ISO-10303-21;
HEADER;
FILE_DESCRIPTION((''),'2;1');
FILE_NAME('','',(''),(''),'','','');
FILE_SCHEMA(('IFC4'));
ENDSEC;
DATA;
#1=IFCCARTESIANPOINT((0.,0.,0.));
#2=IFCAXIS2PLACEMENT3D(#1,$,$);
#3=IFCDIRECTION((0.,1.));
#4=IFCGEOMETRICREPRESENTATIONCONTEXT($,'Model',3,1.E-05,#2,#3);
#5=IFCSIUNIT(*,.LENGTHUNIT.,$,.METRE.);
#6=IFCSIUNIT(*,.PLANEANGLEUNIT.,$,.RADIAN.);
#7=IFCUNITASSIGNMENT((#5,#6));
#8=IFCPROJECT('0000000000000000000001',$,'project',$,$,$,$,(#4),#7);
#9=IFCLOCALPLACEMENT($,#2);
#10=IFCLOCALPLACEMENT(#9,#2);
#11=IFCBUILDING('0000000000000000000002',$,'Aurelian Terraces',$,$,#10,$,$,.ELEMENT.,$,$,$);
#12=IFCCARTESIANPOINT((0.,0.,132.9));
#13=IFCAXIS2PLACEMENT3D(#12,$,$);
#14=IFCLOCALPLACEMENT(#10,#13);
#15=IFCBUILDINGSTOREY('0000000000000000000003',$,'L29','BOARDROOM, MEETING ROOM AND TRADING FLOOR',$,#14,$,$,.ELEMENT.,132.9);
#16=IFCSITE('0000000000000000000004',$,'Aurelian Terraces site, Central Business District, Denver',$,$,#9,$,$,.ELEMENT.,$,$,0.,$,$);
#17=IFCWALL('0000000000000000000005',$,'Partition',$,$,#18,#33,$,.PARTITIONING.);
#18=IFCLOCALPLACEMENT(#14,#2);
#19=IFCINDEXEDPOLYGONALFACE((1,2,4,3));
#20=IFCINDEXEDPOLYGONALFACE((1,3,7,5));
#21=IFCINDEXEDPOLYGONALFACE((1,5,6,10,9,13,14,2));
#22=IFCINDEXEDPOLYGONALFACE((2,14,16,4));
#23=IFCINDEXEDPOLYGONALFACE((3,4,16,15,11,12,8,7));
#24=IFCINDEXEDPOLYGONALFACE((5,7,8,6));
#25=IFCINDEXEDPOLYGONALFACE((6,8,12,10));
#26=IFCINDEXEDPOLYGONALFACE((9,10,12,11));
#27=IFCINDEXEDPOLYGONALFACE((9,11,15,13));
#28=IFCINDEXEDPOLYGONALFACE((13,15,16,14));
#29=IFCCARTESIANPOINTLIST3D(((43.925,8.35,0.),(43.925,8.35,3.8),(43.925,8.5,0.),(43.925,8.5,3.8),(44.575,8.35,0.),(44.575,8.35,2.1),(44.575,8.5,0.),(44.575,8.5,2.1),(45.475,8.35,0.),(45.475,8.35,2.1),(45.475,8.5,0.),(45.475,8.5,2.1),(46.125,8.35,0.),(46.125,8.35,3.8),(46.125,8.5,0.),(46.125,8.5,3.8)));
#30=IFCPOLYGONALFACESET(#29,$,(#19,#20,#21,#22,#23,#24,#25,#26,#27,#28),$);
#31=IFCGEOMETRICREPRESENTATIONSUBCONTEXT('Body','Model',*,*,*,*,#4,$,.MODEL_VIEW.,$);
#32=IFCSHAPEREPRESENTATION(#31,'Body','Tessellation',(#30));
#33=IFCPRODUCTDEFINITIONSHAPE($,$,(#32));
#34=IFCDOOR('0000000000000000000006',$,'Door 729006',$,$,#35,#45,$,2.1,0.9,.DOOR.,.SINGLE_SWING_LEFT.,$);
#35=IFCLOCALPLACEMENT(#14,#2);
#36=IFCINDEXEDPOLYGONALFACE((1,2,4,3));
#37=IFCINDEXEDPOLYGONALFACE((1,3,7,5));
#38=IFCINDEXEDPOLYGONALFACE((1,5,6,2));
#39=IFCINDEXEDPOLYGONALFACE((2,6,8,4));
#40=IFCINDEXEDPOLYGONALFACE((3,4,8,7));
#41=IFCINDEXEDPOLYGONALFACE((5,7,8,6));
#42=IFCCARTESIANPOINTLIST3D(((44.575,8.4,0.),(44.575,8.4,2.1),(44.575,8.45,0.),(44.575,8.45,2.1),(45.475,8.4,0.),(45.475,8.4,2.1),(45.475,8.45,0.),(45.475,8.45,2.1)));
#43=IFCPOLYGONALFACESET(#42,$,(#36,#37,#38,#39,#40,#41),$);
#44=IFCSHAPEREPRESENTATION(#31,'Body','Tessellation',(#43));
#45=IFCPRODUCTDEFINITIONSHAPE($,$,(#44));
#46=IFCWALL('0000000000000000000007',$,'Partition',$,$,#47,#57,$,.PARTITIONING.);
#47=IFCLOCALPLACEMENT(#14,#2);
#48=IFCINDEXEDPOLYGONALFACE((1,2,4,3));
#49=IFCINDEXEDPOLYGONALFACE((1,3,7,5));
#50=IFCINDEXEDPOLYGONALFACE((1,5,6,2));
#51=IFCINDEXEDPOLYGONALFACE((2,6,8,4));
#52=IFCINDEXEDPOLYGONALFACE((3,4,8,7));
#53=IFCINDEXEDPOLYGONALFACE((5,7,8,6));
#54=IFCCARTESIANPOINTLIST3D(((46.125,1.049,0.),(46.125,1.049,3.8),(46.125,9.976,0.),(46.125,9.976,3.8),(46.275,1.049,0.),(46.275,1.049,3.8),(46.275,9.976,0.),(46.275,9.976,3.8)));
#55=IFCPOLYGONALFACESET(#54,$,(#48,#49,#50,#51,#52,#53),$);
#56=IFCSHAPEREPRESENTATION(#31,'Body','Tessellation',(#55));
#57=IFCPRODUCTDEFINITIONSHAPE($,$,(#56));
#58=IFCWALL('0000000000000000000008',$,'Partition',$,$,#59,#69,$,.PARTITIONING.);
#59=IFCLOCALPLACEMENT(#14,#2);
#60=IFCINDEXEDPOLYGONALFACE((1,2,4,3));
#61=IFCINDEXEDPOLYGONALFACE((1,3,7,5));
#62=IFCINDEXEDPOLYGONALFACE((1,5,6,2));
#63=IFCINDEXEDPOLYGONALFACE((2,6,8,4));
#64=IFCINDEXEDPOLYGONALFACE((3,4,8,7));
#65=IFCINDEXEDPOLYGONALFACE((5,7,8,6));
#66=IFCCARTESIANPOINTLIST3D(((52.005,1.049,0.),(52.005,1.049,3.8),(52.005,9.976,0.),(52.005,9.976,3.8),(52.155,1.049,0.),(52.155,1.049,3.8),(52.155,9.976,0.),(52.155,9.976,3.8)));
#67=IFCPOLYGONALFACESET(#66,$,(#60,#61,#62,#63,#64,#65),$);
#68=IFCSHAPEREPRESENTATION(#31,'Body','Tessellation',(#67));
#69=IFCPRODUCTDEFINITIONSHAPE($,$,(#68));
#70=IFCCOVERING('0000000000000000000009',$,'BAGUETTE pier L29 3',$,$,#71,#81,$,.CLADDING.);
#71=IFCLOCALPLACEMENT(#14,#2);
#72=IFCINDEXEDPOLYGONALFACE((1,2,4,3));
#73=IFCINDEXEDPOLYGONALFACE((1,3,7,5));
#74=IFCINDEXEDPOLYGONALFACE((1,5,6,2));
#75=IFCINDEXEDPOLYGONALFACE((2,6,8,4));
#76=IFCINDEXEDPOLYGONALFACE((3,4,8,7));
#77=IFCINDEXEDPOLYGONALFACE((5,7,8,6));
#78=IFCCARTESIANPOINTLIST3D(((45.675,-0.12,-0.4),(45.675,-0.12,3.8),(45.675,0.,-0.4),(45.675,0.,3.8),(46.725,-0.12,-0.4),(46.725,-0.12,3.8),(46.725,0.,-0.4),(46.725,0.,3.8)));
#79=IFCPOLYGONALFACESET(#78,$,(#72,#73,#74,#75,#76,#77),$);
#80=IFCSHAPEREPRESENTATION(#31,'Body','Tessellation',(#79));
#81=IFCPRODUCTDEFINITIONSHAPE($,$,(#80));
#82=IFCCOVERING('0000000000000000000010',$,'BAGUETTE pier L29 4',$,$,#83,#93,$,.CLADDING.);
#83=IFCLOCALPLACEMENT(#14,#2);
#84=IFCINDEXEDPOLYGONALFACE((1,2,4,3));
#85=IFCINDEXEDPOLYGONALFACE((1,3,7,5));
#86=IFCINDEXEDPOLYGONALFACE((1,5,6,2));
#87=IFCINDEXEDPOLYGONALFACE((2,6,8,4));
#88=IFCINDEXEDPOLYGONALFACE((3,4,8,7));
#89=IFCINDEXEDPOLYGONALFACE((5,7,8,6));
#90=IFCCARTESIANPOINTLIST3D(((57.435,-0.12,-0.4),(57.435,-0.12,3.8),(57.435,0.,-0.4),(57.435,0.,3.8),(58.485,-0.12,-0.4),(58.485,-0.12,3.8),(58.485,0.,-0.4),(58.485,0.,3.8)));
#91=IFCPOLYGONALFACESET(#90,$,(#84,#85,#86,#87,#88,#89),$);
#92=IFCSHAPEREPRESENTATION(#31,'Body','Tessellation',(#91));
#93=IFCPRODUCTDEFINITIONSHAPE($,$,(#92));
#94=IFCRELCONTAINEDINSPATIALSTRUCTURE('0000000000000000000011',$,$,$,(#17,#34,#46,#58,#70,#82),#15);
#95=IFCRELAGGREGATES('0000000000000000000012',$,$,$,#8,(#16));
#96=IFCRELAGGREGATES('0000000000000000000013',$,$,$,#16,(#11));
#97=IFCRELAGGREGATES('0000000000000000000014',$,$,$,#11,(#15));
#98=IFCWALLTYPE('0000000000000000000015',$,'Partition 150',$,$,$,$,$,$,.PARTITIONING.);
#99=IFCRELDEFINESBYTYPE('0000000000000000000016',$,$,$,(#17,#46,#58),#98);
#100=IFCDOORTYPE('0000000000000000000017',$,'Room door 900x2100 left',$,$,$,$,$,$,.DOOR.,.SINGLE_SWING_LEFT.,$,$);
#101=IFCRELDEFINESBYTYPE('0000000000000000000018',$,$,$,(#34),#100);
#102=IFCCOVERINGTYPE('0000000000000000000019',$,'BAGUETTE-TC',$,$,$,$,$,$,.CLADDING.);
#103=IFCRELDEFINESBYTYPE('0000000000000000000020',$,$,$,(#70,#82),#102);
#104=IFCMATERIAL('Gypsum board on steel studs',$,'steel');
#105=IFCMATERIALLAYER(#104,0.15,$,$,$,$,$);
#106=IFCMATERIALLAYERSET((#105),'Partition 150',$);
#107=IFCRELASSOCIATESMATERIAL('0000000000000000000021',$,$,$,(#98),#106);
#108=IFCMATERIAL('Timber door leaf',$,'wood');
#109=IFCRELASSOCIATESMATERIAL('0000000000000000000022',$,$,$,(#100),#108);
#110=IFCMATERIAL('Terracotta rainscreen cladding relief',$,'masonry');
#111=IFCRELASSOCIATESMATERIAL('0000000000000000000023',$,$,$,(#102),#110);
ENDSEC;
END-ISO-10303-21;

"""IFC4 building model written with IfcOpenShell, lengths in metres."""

from ifc_helpers import new_model, si_unit, direction, frame, frame_2d, origin, origin_2d, place, context, subcontext, project, spatial, rectangle, extrude, source, transform, mapped, material, layer, layer_set, type_object, element, fill, save


model = new_model("IFC4")

# Units and contexts
model_context = context("Model", 3, precision=1e-05, world=origin(), true_north=direction((0.0, 1.0)))
body_context = subcontext(model_context, "Body", "Model", "MODEL_VIEW")
ifc_project = project(units=[si_unit("LENGTHUNIT", "METRE"), si_unit("PLANEANGLEUNIT", "RADIAN")], contexts=[model_context])

# Site, building, storey
site_placement = place(None, origin())
site = spatial("IfcSite", under=ifc_project, at=site_placement, Name="Aurelian Terraces site, Central Business District, Denver", CompositionType="ELEMENT", RefElevation=0.0)
building_placement = place(site_placement, origin())
building = spatial("IfcBuilding", under=site, at=building_placement, Name="Aurelian Terraces", CompositionType="ELEMENT")
storey_placement = place(building_placement, frame((0.0, 0.0, 132.9)))
storey = spatial("IfcBuildingStorey", under=building, at=storey_placement, Name="L29", Description="BOARDROOM, MEETING ROOM AND TRADING FLOOR", CompositionType="ELEMENT", Elevation=132.9)

# Shared definitions
ifc_material_1 = material(Name="Timber door leaf", Category="wood")

# Shared definitions
ifc_material_2 = material(Name="Gypsum board on steel studs", Category="steel")

# Wall, opening, door
ifc_layer_1 = layer(ifc_material_2, 0.15)
ifc_layer_set_1 = layer_set([ifc_layer_1], Name="Partition 150")
wall_type_1 = type_object("IfcWallType", Name="Partition 150", PredefinedType="PARTITIONING", material=ifc_layer_set_1)
shared_shape_1 = source(origin(), body_context, "Body", "SweptSolid", [
    extrude(rectangle(XDim=2.2, YDim=0.15, at=frame_2d((1.1, 0.0))), origin(), (0.0, 0.0, 1.0), 3.8),
])
wall_1_placement = place(storey_placement, frame((46.125, 8.425, 0.0), z_axis=(0.0, 0.0, 1.0), x_axis=(-1.0, 0.0, 0.0)))
wall_1 = element("IfcWall", 1, at=wall_1_placement, inside=storey, type_object=wall_type_1, Name="Partition", PredefinedType="PARTITIONING", context=body_context, shape_type="MappedRepresentation", body=[
    mapped(shared_shape_1, transform((0.0, 0.0, 0.0), scale=1.0)),
])
shared_shape_2 = source(origin(), body_context, "Body", "SweptSolid", [
    extrude(rectangle(XDim=0.9, YDim=2.1, at=frame_2d((0.45, 1.05))), frame((0.0, 0.085, 0.0), z_axis=(0.0, -1.0, 0.0), x_axis=(1.0, 0.0, 0.0)), (0.0, 0.0, 1.0), 0.17),
])
opening_1_placement = place(wall_1_placement, frame((0.65, 0.0, 0.0)))
opening_1 = element("IfcOpeningElement", 2, at=opening_1_placement, cuts=wall_1, PredefinedType="OPENING", context=body_context, shape_type="MappedRepresentation", body=[
    mapped(shared_shape_2, transform((0.0, 0.0, 0.0), scale=1.0)),
])
door_type_1 = type_object("IfcDoorType", Name="Room door 900x2100 left", OperationType="SINGLE_SWING_LEFT", PredefinedType="DOOR", material=ifc_material_1)
shared_shape_3 = source(origin(), body_context, "Body", "SweptSolid", [
    extrude(rectangle(XDim=0.9, YDim=2.1, at=frame_2d((0.45, 1.05))), frame((0.0, 0.025, 0.0), z_axis=(0.0, -1.0, 0.0), x_axis=(1.0, 0.0, 0.0)), (0.0, 0.0, 1.0), 0.05),
])
door_1_placement = place(opening_1_placement, origin())
door_1 = element("IfcDoor", 3, at=door_1_placement, inside=storey, type_object=door_type_1, Name="Door 729006", OperationType="SINGLE_SWING_LEFT", OverallHeight=2.1, OverallWidth=0.9, PredefinedType="DOOR", context=body_context, shape_type="MappedRepresentation", body=[
    mapped(shared_shape_3, transform((0.0, 0.0, 0.0), scale=1.0)),
])
fill(opening_1, door_1)

# Walls
shared_shape_4 = source(origin(), body_context, "Body", "SweptSolid", [
    extrude(rectangle(XDim=8.927, YDim=0.15, at=frame_2d((4.4635, 0.0))), origin(), (0.0, 0.0, 1.0), 3.8),
])
for number, where, z_axis, x_axis, name in (
    (4, (46.2, 1.049, 0.0), (0.0, 0.0, 1.0), (0.0, 1.0, 0.0), "Partition"),
    (5, (52.08, 1.049, 0.0), (0.0, 0.0, 1.0), (0.0, 1.0, 0.0), "Partition"),
):
    element("IfcWall", number, at=place(storey_placement, frame(where, z_axis=z_axis, x_axis=x_axis)), inside=storey, type_object=wall_type_1, Name=name, PredefinedType="PARTITIONING", context=body_context, shape_type="MappedRepresentation", body=[
        mapped(shared_shape_4, transform((0.0, 0.0, 0.0), scale=1.0)),
    ])

# Coverings
ifc_material_3 = material(Name="Terracotta rainscreen cladding relief", Category="masonry")
covering_type = type_object("IfcCoveringType", Name="BAGUETTE-TC", PredefinedType="CLADDING", material=ifc_material_3)
shared_shape_5 = source(origin(), body_context, "Body", "SweptSolid", [
    extrude(rectangle(XDim=1.05, YDim=0.12, at=origin_2d()), origin(), (0.0, 0.0, 1.0), 4.2),
])
for number, where, z_axis, x_axis, name in (
    (6, (46.2, -0.06, -0.4), (0.0, 0.0, 1.0), (1.0, 0.0, 0.0), "BAGUETTE pier L29 3"),
    (7, (57.96, -0.06, -0.4), (0.0, 0.0, 1.0), (1.0, 0.0, 0.0), "BAGUETTE pier L29 4"),
):
    element("IfcCovering", number, at=place(storey_placement, frame(where, z_axis=z_axis, x_axis=x_axis)), inside=storey, type_object=covering_type, Name=name, PredefinedType="CLADDING", context=body_context, shape_type="MappedRepresentation", body=[
        mapped(shared_shape_5, transform((0.0, 0.0, 0.0), scale=1.0)),
    ])

save(model, "model.ifc")
